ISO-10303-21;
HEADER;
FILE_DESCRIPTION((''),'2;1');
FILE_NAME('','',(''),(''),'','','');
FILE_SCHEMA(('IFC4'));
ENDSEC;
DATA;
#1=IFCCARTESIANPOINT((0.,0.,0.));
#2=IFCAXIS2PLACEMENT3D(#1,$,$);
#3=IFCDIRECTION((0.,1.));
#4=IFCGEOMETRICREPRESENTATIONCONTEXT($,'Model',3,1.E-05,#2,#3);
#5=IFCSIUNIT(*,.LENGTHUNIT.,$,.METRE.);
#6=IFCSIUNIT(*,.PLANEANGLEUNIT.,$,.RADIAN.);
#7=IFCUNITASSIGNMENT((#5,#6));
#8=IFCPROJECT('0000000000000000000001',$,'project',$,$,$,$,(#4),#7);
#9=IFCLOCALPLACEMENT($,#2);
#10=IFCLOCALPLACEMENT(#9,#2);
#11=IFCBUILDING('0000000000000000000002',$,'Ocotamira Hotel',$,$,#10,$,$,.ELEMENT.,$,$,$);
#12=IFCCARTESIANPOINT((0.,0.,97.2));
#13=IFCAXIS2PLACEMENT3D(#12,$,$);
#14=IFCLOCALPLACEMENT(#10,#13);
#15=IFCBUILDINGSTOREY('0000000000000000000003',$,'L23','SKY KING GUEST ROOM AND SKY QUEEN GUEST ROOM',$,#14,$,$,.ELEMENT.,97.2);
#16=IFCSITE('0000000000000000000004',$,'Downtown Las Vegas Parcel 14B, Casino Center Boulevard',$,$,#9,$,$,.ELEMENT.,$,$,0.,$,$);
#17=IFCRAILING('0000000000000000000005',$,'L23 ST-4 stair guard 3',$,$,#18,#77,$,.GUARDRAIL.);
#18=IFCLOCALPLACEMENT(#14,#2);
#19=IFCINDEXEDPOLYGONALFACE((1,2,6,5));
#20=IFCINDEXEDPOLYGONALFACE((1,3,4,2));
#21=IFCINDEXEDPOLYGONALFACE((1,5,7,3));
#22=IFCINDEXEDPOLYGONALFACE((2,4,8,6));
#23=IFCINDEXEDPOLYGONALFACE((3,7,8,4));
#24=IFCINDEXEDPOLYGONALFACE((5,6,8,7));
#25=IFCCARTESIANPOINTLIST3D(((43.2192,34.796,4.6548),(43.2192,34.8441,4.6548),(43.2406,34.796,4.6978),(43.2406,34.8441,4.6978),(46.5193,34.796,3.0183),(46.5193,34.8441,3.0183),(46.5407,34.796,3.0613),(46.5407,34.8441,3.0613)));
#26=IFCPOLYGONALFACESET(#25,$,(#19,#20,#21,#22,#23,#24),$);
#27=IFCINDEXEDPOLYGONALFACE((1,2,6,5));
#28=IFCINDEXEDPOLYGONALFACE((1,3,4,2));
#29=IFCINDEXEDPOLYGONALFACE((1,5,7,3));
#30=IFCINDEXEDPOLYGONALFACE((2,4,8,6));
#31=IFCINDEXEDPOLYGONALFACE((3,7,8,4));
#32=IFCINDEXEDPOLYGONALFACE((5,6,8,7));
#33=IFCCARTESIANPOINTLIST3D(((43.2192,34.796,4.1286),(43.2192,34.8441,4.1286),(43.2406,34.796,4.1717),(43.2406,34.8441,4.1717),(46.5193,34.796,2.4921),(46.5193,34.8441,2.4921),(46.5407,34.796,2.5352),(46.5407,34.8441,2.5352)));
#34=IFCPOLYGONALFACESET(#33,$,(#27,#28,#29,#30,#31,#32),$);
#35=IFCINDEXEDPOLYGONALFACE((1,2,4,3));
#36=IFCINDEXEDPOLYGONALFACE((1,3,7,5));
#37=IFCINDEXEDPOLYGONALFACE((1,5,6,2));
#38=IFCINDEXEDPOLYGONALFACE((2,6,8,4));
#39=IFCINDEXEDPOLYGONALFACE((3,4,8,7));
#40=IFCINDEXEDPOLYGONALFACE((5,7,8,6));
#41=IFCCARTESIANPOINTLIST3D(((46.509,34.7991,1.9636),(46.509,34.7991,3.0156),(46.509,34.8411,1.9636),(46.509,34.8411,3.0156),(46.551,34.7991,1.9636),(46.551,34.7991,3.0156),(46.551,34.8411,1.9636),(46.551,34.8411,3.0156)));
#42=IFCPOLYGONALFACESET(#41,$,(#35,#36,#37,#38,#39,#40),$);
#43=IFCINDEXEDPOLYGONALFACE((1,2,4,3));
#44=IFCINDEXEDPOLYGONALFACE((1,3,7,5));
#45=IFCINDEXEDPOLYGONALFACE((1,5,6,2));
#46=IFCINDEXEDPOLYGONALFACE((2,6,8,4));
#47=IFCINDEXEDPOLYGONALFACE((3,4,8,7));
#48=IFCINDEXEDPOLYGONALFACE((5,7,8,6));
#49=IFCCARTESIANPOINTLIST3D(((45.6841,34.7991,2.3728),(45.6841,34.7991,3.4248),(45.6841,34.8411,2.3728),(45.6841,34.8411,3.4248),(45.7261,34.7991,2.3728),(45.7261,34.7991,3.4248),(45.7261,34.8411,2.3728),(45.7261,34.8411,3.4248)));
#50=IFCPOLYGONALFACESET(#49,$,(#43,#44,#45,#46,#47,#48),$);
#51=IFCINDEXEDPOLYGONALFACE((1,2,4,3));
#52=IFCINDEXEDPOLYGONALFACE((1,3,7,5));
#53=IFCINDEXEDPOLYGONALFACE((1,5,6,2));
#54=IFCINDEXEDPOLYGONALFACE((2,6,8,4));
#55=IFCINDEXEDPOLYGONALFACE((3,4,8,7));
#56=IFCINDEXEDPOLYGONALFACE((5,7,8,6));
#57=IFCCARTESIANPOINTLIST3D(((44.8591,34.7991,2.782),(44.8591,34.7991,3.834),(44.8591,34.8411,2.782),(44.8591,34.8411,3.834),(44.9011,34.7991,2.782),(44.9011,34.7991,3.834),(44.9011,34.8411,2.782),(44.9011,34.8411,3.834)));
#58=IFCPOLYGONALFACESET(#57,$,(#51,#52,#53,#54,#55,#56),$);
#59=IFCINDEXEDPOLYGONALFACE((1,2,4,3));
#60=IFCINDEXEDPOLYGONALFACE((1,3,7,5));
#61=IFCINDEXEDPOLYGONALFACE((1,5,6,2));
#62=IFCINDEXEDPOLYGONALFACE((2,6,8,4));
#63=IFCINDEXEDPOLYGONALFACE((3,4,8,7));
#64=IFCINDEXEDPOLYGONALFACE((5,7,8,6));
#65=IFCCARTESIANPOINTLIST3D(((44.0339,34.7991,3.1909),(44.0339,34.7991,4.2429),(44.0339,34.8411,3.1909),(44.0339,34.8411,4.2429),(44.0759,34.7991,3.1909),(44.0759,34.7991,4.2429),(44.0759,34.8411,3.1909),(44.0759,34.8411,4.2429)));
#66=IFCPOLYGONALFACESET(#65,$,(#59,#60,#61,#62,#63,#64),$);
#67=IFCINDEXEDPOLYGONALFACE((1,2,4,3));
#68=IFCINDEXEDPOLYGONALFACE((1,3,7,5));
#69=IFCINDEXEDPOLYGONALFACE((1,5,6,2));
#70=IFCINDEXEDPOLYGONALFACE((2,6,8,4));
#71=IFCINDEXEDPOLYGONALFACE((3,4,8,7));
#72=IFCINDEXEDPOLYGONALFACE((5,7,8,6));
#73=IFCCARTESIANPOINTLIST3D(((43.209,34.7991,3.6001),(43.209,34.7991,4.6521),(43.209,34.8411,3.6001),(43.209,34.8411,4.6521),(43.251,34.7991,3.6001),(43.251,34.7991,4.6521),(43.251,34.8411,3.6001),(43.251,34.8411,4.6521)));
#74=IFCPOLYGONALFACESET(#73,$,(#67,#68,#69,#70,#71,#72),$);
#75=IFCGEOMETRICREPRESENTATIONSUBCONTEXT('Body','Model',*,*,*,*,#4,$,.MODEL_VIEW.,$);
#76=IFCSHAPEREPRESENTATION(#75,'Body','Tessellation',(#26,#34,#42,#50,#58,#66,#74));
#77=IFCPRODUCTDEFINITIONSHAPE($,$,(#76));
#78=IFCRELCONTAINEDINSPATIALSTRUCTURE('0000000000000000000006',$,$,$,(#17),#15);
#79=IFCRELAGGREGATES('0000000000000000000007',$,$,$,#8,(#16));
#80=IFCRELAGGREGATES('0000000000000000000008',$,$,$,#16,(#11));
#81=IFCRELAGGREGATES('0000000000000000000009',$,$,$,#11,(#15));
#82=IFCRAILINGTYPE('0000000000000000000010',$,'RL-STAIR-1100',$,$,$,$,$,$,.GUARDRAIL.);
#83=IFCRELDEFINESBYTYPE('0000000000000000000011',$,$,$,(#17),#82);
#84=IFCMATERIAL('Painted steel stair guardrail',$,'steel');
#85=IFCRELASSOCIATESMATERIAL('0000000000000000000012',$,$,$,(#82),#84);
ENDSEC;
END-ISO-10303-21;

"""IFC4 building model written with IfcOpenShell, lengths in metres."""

from ifc_helpers import new_model, si_unit, direction, frame, origin, origin_2d, place, context, subcontext, project, spatial, rectangle, extrude, material, type_object, element, save


model = new_model("IFC4")

# Units and contexts
model_context = context("Model", 3, precision=1e-05, world=origin(), true_north=direction((0.0, 1.0)))
body_context = subcontext(model_context, "Body", "Model", "MODEL_VIEW")
ifc_project = project(units=[si_unit("LENGTHUNIT", "METRE"), si_unit("PLANEANGLEUNIT", "RADIAN")], contexts=[model_context])

# Site, building, storey
site_placement = place(None, origin())
site = spatial("IfcSite", under=ifc_project, at=site_placement, Name="Downtown Las Vegas Parcel 14B, Casino Center Boulevard", CompositionType="ELEMENT", RefElevation=0.0)
building_placement = place(site_placement, origin())
building = spatial("IfcBuilding", under=site, at=building_placement, Name="Ocotamira Hotel", CompositionType="ELEMENT")
storey_placement = place(building_placement, frame((0.0, 0.0, 97.2)))
storey = spatial("IfcBuildingStorey", under=building, at=storey_placement, Name="L23", Description="SKY KING GUEST ROOM AND SKY QUEEN GUEST ROOM", CompositionType="ELEMENT", Elevation=97.2)

# Railing
ifc_material_1 = material(Name="Painted steel stair guardrail", Category="steel")
railing_type_1 = type_object("IfcRailingType", Name="RL-STAIR-1100", PredefinedType="GUARDRAIL", material=ifc_material_1)
railing_1_placement = place(storey_placement, frame((46.53, 34.8201, 1.9636)))
element("IfcRailing", 1, at=railing_1_placement, inside=storey, type_object=railing_type_1, Name="L23 ST-4 stair guard 3", PredefinedType="GUARDRAIL", context=body_context, shape_type="SweptSolid", body=[
    extrude(rectangle(XDim=0.0481, YDim=0.0481, at=origin_2d()), frame((0.0, 0.0, 1.0762), z_axis=(-0.895894, 0.0, 0.444268), x_axis=(0.0, -1.0, 0.0)), (0.0, 0.0, 1.0), 3.6836),
    extrude(rectangle(XDim=0.0481, YDim=0.0481, at=origin_2d()), frame((0.0, 0.0, 0.55), z_axis=(-0.895894, 0.0, 0.444268), x_axis=(0.0, -1.0, 0.0)), (0.0, 0.0, 1.0), 3.6836),
    extrude(rectangle(XDim=0.042, YDim=0.042, at=origin_2d()), origin(), (0.0, 0.0, 1.0), 1.052),
    extrude(rectangle(XDim=0.042, YDim=0.042, at=origin_2d()), frame((-0.825, 0.0, 0.4092)), (0.0, 0.0, 1.0), 1.052),
    extrude(rectangle(XDim=0.042, YDim=0.042, at=origin_2d()), frame((-1.6499, 0.0, 0.8184)), (0.0, 0.0, 1.0), 1.052),
    extrude(rectangle(XDim=0.042, YDim=0.042, at=origin_2d()), frame((-2.4751, 0.0, 1.2273)), (0.0, 0.0, 1.0), 1.052),
    extrude(rectangle(XDim=0.042, YDim=0.042, at=origin_2d()), frame((-3.3, 0.0, 1.6365)), (0.0, 0.0, 1.0), 1.052),
])

save(model, "model.ifc")
